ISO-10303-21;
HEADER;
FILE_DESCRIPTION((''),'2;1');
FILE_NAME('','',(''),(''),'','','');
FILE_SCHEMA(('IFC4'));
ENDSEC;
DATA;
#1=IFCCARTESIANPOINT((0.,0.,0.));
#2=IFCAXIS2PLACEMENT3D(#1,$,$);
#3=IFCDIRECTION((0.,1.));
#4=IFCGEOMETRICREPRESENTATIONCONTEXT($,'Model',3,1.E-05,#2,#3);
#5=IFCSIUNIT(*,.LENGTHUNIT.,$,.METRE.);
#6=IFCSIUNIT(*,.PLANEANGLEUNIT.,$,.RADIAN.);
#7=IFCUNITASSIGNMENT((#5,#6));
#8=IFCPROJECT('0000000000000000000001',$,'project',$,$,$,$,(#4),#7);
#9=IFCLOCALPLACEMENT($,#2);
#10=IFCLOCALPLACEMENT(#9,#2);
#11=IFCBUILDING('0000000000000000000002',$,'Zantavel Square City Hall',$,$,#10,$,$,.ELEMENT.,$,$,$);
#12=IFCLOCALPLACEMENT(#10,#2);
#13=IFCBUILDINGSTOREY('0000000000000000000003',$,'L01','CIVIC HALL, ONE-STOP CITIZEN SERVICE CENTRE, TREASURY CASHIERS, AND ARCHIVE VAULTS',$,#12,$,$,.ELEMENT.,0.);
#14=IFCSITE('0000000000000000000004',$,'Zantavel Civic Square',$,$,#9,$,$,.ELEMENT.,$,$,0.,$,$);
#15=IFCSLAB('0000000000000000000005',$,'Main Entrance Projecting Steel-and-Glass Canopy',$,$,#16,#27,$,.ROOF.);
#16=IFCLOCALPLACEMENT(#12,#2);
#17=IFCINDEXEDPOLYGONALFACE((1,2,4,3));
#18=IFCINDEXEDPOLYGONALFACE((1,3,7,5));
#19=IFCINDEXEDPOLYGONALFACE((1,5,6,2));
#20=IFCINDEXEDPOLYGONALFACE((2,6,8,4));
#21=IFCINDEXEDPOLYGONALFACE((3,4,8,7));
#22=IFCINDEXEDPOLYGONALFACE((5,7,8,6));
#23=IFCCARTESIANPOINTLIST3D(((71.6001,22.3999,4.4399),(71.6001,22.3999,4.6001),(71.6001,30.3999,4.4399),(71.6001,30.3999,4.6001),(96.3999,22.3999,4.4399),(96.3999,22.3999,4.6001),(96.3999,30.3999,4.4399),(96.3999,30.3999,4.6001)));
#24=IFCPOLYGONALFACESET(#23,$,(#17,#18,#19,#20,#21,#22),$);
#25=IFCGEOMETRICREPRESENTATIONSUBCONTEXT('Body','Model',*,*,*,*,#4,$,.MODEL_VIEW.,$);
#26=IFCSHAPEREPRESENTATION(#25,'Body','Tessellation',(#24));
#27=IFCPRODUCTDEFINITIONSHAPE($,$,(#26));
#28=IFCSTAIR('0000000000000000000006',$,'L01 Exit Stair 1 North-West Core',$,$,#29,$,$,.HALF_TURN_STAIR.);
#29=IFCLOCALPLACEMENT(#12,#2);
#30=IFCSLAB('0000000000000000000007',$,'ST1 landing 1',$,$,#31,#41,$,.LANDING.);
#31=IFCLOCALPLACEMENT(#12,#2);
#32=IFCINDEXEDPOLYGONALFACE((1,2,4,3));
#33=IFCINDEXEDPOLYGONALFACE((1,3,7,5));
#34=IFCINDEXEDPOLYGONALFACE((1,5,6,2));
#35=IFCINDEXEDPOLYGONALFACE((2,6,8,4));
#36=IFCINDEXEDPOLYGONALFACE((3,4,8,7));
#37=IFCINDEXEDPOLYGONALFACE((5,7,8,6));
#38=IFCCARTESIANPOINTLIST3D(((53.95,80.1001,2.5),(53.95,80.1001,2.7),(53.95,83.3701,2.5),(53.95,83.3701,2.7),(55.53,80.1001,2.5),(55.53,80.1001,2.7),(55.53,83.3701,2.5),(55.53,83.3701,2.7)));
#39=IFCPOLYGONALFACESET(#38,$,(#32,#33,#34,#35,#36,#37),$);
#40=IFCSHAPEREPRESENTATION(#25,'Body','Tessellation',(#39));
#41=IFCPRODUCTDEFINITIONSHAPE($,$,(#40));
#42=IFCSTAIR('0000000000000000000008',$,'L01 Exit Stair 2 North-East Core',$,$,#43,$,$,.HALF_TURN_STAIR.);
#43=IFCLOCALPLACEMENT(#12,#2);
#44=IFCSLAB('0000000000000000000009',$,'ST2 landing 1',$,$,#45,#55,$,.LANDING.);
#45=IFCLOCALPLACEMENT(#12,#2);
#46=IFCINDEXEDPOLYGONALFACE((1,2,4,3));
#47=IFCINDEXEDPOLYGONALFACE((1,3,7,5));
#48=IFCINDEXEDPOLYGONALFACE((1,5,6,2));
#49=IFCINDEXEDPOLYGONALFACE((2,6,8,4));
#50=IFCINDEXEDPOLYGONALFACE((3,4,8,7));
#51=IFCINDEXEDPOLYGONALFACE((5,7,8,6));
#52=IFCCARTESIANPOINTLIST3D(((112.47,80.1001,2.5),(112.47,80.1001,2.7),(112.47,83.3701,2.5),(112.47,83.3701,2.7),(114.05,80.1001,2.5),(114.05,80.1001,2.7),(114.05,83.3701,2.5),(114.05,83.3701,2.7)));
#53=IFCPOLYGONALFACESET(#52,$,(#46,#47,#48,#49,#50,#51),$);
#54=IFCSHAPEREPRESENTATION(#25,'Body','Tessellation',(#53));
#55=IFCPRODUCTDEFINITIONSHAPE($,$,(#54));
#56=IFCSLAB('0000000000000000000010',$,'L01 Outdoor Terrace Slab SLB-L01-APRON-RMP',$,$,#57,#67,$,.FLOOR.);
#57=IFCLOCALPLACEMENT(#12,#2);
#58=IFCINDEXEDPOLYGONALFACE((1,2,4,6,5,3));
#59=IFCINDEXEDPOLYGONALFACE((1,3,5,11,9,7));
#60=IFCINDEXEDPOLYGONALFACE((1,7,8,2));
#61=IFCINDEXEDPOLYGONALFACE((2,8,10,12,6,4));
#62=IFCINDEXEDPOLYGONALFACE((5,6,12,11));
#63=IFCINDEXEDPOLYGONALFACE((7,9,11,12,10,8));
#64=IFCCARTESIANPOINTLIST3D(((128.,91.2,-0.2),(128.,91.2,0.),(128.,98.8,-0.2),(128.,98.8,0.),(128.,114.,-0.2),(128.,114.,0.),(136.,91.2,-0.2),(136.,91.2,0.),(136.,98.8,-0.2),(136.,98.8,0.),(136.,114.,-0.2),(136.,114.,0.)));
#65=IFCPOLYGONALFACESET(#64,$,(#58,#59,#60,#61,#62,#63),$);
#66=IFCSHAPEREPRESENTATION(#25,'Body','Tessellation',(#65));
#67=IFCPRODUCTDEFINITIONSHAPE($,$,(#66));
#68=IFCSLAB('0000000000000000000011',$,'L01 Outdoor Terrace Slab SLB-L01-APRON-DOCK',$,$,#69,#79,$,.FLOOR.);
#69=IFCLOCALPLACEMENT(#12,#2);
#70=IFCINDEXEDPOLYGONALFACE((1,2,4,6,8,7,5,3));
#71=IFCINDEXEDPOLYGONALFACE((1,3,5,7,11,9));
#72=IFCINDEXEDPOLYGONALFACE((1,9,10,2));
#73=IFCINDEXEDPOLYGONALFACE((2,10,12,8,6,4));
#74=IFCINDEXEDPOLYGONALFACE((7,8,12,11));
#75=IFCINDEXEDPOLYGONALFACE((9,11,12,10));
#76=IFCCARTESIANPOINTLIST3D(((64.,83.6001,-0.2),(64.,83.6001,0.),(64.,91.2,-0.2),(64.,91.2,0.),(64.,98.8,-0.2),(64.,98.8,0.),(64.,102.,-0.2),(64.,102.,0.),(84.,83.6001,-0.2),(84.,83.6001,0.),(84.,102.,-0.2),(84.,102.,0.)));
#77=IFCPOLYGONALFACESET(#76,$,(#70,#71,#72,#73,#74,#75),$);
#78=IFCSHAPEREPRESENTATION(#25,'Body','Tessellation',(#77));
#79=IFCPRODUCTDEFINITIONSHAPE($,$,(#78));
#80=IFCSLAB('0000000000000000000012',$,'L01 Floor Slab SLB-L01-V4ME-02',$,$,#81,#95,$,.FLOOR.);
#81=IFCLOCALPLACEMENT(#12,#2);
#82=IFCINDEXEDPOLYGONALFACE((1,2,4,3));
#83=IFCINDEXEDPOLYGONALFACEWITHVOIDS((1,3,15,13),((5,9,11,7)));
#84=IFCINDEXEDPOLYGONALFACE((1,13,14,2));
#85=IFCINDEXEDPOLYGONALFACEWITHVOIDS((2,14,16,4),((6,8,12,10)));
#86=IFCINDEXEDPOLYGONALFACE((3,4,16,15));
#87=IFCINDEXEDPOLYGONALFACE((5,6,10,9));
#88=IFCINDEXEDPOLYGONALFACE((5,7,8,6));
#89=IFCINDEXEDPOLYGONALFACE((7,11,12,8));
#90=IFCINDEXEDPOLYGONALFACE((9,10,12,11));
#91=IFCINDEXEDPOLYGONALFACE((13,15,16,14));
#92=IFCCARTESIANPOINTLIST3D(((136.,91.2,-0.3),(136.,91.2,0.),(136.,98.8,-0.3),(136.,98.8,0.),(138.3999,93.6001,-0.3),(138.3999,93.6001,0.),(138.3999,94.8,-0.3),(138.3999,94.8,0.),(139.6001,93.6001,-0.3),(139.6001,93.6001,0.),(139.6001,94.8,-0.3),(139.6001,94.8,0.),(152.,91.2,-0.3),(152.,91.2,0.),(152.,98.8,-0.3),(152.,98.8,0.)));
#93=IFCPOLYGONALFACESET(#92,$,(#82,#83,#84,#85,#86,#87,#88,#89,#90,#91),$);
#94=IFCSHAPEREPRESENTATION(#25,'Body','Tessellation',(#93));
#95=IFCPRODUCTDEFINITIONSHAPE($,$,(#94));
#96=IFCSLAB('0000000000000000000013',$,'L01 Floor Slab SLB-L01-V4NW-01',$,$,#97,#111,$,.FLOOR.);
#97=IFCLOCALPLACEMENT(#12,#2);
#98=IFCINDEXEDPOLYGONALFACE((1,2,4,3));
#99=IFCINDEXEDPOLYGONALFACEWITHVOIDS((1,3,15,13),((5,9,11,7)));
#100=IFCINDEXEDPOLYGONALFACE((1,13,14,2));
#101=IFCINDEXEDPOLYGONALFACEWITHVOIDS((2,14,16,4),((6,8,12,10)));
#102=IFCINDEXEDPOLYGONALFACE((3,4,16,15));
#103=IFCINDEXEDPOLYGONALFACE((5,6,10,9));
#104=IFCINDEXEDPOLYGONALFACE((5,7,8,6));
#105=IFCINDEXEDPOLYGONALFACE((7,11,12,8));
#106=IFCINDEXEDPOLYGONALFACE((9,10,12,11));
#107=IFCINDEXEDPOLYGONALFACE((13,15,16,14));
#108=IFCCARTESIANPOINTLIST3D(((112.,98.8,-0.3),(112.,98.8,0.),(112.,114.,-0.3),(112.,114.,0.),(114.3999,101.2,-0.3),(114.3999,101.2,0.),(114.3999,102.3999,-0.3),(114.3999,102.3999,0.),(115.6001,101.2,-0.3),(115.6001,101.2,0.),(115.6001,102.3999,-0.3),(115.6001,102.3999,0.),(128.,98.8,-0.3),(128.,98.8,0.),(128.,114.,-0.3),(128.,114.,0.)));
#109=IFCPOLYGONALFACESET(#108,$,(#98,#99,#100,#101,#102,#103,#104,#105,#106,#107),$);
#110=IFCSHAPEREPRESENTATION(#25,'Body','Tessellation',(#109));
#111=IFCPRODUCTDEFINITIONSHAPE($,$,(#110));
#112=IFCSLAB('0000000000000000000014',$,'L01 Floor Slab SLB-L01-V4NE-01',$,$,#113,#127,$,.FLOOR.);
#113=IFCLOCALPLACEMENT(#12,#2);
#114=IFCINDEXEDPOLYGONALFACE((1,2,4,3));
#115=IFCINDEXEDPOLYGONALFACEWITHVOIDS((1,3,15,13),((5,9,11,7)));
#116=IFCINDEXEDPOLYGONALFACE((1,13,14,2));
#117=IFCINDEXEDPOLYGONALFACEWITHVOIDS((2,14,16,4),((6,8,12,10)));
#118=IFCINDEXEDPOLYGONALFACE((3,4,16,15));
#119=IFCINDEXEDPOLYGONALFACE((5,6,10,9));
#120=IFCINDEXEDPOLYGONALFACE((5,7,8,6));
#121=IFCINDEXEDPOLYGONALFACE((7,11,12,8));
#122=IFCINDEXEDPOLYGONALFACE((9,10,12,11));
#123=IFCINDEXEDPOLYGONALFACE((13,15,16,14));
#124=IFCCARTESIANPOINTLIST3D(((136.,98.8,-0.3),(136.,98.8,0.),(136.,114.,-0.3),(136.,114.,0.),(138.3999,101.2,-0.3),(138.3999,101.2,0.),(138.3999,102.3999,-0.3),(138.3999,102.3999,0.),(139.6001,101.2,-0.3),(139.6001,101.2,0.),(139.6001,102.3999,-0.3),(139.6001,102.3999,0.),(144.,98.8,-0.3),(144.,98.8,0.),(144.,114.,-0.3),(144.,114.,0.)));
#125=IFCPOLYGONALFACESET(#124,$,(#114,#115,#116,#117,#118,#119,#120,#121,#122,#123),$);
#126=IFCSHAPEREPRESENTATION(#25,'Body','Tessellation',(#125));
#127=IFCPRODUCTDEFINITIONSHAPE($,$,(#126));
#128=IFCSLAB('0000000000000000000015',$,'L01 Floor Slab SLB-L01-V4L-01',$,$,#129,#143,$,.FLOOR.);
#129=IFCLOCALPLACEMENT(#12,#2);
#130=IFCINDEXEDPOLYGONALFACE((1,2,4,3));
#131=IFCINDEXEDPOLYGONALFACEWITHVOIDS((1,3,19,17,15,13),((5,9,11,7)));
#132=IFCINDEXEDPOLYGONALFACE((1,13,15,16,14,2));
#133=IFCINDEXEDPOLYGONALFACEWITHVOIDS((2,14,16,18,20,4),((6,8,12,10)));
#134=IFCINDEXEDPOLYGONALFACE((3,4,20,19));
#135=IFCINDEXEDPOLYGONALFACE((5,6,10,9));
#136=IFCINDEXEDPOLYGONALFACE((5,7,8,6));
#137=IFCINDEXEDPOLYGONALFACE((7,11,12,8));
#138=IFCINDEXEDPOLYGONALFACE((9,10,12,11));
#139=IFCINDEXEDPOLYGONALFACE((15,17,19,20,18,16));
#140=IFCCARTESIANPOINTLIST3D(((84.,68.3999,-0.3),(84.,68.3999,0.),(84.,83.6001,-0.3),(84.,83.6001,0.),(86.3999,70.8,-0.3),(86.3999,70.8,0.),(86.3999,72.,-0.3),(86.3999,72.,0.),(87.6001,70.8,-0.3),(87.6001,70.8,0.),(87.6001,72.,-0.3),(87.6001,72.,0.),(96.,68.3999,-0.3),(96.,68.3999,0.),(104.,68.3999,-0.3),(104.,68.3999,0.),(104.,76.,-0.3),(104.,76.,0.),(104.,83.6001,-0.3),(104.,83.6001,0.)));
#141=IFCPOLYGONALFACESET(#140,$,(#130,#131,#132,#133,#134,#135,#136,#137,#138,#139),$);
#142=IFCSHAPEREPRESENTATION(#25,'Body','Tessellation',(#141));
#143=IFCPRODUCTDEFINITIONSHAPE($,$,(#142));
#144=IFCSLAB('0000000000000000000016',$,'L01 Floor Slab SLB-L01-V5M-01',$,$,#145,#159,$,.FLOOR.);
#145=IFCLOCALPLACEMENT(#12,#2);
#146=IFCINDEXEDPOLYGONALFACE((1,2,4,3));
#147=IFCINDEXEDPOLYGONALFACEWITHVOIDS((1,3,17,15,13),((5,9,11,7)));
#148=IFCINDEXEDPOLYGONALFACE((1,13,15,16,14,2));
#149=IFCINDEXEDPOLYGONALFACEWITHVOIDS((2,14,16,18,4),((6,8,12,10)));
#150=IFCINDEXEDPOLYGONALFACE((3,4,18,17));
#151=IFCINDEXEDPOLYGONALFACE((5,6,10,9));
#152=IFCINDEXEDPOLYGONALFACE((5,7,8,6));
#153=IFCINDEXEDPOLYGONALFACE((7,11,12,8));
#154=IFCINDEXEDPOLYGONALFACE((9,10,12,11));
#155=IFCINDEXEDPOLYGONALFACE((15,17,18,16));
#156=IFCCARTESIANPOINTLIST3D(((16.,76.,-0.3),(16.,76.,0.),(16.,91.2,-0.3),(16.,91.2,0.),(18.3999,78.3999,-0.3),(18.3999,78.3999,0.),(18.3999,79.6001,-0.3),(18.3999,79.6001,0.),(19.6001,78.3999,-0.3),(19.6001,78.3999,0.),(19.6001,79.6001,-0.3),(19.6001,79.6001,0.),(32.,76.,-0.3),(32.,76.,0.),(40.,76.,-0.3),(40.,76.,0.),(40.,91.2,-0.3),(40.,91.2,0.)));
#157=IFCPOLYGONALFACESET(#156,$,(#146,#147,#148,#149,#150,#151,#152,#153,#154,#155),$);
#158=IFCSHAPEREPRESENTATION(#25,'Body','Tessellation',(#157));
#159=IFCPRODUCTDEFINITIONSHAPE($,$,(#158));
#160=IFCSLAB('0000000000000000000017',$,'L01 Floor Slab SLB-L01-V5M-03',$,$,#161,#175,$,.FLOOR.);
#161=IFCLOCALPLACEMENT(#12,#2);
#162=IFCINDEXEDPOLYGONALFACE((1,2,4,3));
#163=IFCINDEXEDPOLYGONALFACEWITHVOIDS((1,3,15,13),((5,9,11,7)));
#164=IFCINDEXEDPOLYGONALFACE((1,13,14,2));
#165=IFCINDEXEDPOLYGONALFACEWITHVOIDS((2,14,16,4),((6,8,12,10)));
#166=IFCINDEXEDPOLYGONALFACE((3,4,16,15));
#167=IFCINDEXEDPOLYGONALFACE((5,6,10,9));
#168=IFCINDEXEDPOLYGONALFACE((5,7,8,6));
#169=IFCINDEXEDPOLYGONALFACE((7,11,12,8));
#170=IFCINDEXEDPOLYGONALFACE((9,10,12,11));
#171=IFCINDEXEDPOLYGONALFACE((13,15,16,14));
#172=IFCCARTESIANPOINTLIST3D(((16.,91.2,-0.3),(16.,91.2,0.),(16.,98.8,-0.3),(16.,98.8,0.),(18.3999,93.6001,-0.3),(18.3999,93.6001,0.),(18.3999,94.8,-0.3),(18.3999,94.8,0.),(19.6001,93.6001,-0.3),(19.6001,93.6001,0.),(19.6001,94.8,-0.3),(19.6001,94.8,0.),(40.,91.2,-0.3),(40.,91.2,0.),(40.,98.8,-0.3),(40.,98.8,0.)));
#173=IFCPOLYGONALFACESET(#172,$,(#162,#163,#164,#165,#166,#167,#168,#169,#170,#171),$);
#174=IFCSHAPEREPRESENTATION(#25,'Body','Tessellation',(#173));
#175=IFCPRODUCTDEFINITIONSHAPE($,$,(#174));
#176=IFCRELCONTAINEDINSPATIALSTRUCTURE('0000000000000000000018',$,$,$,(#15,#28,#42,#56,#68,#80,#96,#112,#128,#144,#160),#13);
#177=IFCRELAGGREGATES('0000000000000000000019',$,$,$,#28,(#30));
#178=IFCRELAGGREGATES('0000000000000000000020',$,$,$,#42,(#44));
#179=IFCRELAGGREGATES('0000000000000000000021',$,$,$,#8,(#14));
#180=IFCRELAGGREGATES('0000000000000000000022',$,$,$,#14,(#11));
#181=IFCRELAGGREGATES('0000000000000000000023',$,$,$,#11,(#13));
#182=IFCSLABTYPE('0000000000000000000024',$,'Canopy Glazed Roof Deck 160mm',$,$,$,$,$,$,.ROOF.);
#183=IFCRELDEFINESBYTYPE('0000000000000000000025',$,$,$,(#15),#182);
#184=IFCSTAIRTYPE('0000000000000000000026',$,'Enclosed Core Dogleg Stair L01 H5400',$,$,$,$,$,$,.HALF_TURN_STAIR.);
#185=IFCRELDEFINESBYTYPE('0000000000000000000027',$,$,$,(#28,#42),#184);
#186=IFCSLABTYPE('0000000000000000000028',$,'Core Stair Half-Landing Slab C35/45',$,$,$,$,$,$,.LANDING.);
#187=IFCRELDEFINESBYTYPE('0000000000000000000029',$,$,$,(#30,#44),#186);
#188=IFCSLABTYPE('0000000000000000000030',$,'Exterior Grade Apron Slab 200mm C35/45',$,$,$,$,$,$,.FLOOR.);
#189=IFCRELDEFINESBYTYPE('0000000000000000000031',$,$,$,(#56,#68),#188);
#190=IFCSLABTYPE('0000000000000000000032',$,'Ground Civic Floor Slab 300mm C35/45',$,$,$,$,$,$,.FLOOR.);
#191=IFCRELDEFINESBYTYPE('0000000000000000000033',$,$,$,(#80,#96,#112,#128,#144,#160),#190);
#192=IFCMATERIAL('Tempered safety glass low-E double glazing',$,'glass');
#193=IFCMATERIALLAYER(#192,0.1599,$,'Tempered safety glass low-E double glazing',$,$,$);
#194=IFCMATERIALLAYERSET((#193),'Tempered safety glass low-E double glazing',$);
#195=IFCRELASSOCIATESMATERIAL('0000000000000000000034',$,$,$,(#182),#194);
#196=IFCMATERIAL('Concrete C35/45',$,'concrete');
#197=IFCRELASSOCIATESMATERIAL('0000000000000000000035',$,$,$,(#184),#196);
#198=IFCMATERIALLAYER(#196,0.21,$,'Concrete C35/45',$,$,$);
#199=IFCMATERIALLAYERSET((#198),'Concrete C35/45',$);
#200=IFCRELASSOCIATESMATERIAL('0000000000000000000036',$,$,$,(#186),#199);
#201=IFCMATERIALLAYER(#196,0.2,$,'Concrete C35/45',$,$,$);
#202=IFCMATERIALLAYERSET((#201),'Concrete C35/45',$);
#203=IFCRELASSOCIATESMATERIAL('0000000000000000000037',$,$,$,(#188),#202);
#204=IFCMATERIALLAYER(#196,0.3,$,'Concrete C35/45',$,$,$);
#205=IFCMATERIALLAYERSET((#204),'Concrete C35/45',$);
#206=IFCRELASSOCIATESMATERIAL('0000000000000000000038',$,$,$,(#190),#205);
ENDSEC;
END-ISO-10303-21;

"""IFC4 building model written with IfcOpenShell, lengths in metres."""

from ifc_helpers import new_model, si_unit, direction, frame, origin, place, context, subcontext, project, spatial, polyline, outline, extrude, material, layer, layer_set, type_object, element, aggregate, save


model = new_model("IFC4")

# Units and contexts
model_context = context("Model", 3, precision=1e-05, world=origin(), true_north=direction((0.0, 1.0)))
body_context = subcontext(model_context, "Body", "Model", "MODEL_VIEW")
ifc_project = project(units=[si_unit("LENGTHUNIT", "METRE"), si_unit("PLANEANGLEUNIT", "RADIAN")], contexts=[model_context])

# Site, building, storey
site_placement = place(None, origin())
site = spatial("IfcSite", under=ifc_project, at=site_placement, Name="Zantavel Civic Square", CompositionType="ELEMENT", RefElevation=0.0)
building_placement = place(site_placement, origin())
building = spatial("IfcBuilding", under=site, at=building_placement, Name="Zantavel Square City Hall", CompositionType="ELEMENT")
storey_placement = place(building_placement, origin())
storey = spatial("IfcBuildingStorey", under=building, at=storey_placement, Name="L01", Description="CIVIC HALL, ONE-STOP CITIZEN SERVICE CENTRE, TREASURY CASHIERS, AND ARCHIVE VAULTS", CompositionType="ELEMENT", Elevation=0.0)

# Slab
ifc_material_1 = material(Name="Tempered safety glass low-E double glazing", Category="glass")
ifc_layer_1 = layer(ifc_material_1, 0.1599, Name="Tempered safety glass low-E double glazing")
ifc_layer_set_1 = layer_set([ifc_layer_1], Name="Tempered safety glass low-E double glazing")
slab_type_1 = type_object("IfcSlabType", Name="Canopy Glazed Roof Deck 160mm", PredefinedType="ROOF", material=ifc_layer_set_1)
slab_1_placement = place(storey_placement, frame((0.0, 0.0, 4.4399)))
element("IfcSlab", 1, at=slab_1_placement, inside=storey, type_object=slab_type_1, Name="Main Entrance Projecting Steel-and-Glass Canopy", PredefinedType="ROOF", context=body_context, shape_type="SweptSolid", body=[
    extrude(outline(polyline([(71.6001, 22.3999), (96.3999, 22.3999), (96.3999, 30.3999), (71.6001, 30.3999), (71.6001, 22.3999)])), origin(), (0.0, 0.0, 1.0), 0.1602),
])

# Stairs, slabs
ifc_material_2 = material(Name="Concrete C35/45", Category="concrete")
stair_type = type_object("IfcStairType", Name="Enclosed Core Dogleg Stair L01 H5400", PredefinedType="HALF_TURN_STAIR", material=ifc_material_2)
stair_1_placement = place(storey_placement, origin())
stair_1 = element("IfcStair", 2, at=stair_1_placement, inside=storey, type_object=stair_type, Name="L01 Exit Stair 1 North-West Core", PredefinedType="HALF_TURN_STAIR")
ifc_layer_2 = layer(ifc_material_2, 0.21, Name="Concrete C35/45")
ifc_layer_set_2 = layer_set([ifc_layer_2], Name="Concrete C35/45")
slab_type_2 = type_object("IfcSlabType", Name="Core Stair Half-Landing Slab C35/45", PredefinedType="LANDING", material=ifc_layer_set_2)
slab_2_placement = place(storey_placement, frame((0.0, 0.0, 2.5)))
slab_2 = element("IfcSlab", 3, at=slab_2_placement, type_object=slab_type_2, Name="ST1 landing 1", PredefinedType="LANDING", context=body_context, shape_type="SweptSolid", body=[
    extrude(outline(polyline([(53.95, 80.1001), (55.53, 80.1001), (55.53, 83.3701), (53.95, 83.3701), (53.95, 80.1001)])), origin(), (0.0, 0.0, 1.0), 0.2),
])
aggregate(stair_1, [slab_2])
stair_2_placement = place(storey_placement, origin())
stair_2 = element("IfcStair", 4, at=stair_2_placement, inside=storey, type_object=stair_type, Name="L01 Exit Stair 2 North-East Core", PredefinedType="HALF_TURN_STAIR")
slab_3_placement = place(storey_placement, frame((0.0, 0.0, 2.5)))
slab_3 = element("IfcSlab", 5, at=slab_3_placement, type_object=slab_type_2, Name="ST2 landing 1", PredefinedType="LANDING", context=body_context, shape_type="SweptSolid", body=[
    extrude(outline(polyline([(114.05, 83.3701), (112.47, 83.3701), (112.47, 80.1001), (114.05, 80.1001), (114.05, 83.3701)])), origin(), (0.0, 0.0, 1.0), 0.2),
])
aggregate(stair_2, [slab_3])

# Slabs
ifc_layer_3 = layer(ifc_material_2, 0.2, Name="Concrete C35/45")
ifc_layer_set_3 = layer_set([ifc_layer_3], Name="Concrete C35/45")
slab_type_3 = type_object("IfcSlabType", Name="Exterior Grade Apron Slab 200mm C35/45", PredefinedType="FLOOR", material=ifc_layer_set_3)
slab_4_placement = place(storey_placement, frame((0.0, 0.0, -0.2)))
element("IfcSlab", 6, at=slab_4_placement, inside=storey, type_object=slab_type_3, Name="L01 Outdoor Terrace Slab SLB-L01-APRON-RMP", PredefinedType="FLOOR", context=body_context, shape_type="SweptSolid", body=[
    extrude(outline(polyline([(136.0, 91.2), (128.0, 91.2), (128.0, 98.8), (128.0, 114.0), (136.0, 114.0), (136.0, 98.8), (136.0, 91.2)])), origin(), (0.0, 0.0, 1.0), 0.2),
])
slab_5_placement = place(storey_placement, frame((0.0, 0.0, -0.2)))
element("IfcSlab", 7, at=slab_5_placement, inside=storey, type_object=slab_type_3, Name="L01 Outdoor Terrace Slab SLB-L01-APRON-DOCK", PredefinedType="FLOOR", context=body_context, shape_type="SweptSolid", body=[
    extrude(outline(polyline([(64.0, 102.0), (84.0, 102.0), (84.0, 83.6001), (64.0, 83.6001), (64.0, 91.2), (64.0, 98.8), (64.0, 102.0)])), origin(), (0.0, 0.0, 1.0), 0.2),
])
ifc_layer_4 = layer(ifc_material_2, 0.3, Name="Concrete C35/45")
ifc_layer_set_4 = layer_set([ifc_layer_4], Name="Concrete C35/45")
slab_type_4 = type_object("IfcSlabType", Name="Ground Civic Floor Slab 300mm C35/45", PredefinedType="FLOOR", material=ifc_layer_set_4)
slab_6_placement = place(storey_placement, frame((0.0, 0.0, -0.3)))
element("IfcSlab", 8, at=slab_6_placement, inside=storey, type_object=slab_type_4, Name="L01 Floor Slab SLB-L01-V4ME-02", PredefinedType="FLOOR", context=body_context, shape_type="SweptSolid", body=[
    extrude(outline(polyline([(152.0, 98.8), (152.0, 91.2), (136.0, 91.2), (136.0, 91.2), (136.0, 98.8), (152.0, 98.8)]), holes=[polyline([(139.6001, 94.8), (138.3999, 94.8), (138.3999, 93.6001), (139.6001, 93.6001), (139.6001, 94.8)])]), origin(), (0.0, 0.0, 1.0), 0.3),
])
slab_7_placement = place(storey_placement, frame((0.0, 0.0, -0.3)))
element("IfcSlab", 9, at=slab_7_placement, inside=storey, type_object=slab_type_4, Name="L01 Floor Slab SLB-L01-V4NW-01", PredefinedType="FLOOR", context=body_context, shape_type="SweptSolid", body=[
    extrude(outline(polyline([(128.0, 114.0), (128.0, 98.8), (112.0, 98.8), (112.0, 114.0), (128.0, 114.0)]), holes=[polyline([(115.6001, 102.3999), (114.3999, 102.3999), (114.3999, 101.2), (115.6001, 101.2), (115.6001, 102.3999)])]), origin(), (0.0, 0.0, 1.0), 0.3),
])
slab_8_placement = place(storey_placement, frame((0.0, 0.0, -0.3)))
element("IfcSlab", 10, at=slab_8_placement, inside=storey, type_object=slab_type_4, Name="L01 Floor Slab SLB-L01-V4NE-01", PredefinedType="FLOOR", context=body_context, shape_type="SweptSolid", body=[
    extrude(outline(polyline([(144.0, 114.0), (144.0, 98.8), (136.0, 98.8), (136.0, 114.0), (144.0, 114.0)]), holes=[polyline([(139.6001, 102.3999), (138.3999, 102.3999), (138.3999, 101.2), (139.6001, 101.2), (139.6001, 102.3999)])]), origin(), (0.0, 0.0, 1.0), 0.3),
])
slab_9_placement = place(storey_placement, frame((0.0, 0.0, -0.3)))
element("IfcSlab", 11, at=slab_9_placement, inside=storey, type_object=slab_type_4, Name="L01 Floor Slab SLB-L01-V4L-01", PredefinedType="FLOOR", context=body_context, shape_type="SweptSolid", body=[
    extrude(outline(polyline([(96.0, 68.3999), (84.0, 68.3999), (84.0, 83.6001), (104.0, 83.6001), (104.0, 76.0), (104.0, 68.3999), (96.0, 68.3999)]), holes=[polyline([(87.6001, 72.0), (86.3999, 72.0), (86.3999, 70.8), (87.6001, 70.8), (87.6001, 72.0)])]), origin(), (0.0, 0.0, 1.0), 0.3),
])
slab_10_placement = place(storey_placement, frame((0.0, 0.0, -0.3)))
element("IfcSlab", 12, at=slab_10_placement, inside=storey, type_object=slab_type_4, Name="L01 Floor Slab SLB-L01-V5M-01", PredefinedType="FLOOR", context=body_context, shape_type="SweptSolid", body=[
    extrude(outline(polyline([(40.0, 91.2), (40.0, 76.0), (32.0, 76.0), (16.0, 76.0), (16.0, 91.2), (40.0, 91.2)]), holes=[polyline([(19.6001, 79.6001), (18.3999, 79.6001), (18.3999, 78.3999), (19.6001, 78.3999), (19.6001, 79.6001)])]), origin(), (0.0, 0.0, 1.0), 0.3),
])
slab_11_placement = place(storey_placement, frame((0.0, 0.0, -0.3)))
element("IfcSlab", 13, at=slab_11_placement, inside=storey, type_object=slab_type_4, Name="L01 Floor Slab SLB-L01-V5M-03", PredefinedType="FLOOR", context=body_context, shape_type="SweptSolid", body=[
    extrude(outline(polyline([(40.0, 98.8), (40.0, 91.2), (16.0, 91.2), (16.0, 98.8), (40.0, 98.8)]), holes=[polyline([(19.6001, 94.8), (18.3999, 94.8), (18.3999, 93.6001), (19.6001, 93.6001), (19.6001, 94.8)])]), origin(), (0.0, 0.0, 1.0), 0.3),
])

save(model, "model.ifc")
